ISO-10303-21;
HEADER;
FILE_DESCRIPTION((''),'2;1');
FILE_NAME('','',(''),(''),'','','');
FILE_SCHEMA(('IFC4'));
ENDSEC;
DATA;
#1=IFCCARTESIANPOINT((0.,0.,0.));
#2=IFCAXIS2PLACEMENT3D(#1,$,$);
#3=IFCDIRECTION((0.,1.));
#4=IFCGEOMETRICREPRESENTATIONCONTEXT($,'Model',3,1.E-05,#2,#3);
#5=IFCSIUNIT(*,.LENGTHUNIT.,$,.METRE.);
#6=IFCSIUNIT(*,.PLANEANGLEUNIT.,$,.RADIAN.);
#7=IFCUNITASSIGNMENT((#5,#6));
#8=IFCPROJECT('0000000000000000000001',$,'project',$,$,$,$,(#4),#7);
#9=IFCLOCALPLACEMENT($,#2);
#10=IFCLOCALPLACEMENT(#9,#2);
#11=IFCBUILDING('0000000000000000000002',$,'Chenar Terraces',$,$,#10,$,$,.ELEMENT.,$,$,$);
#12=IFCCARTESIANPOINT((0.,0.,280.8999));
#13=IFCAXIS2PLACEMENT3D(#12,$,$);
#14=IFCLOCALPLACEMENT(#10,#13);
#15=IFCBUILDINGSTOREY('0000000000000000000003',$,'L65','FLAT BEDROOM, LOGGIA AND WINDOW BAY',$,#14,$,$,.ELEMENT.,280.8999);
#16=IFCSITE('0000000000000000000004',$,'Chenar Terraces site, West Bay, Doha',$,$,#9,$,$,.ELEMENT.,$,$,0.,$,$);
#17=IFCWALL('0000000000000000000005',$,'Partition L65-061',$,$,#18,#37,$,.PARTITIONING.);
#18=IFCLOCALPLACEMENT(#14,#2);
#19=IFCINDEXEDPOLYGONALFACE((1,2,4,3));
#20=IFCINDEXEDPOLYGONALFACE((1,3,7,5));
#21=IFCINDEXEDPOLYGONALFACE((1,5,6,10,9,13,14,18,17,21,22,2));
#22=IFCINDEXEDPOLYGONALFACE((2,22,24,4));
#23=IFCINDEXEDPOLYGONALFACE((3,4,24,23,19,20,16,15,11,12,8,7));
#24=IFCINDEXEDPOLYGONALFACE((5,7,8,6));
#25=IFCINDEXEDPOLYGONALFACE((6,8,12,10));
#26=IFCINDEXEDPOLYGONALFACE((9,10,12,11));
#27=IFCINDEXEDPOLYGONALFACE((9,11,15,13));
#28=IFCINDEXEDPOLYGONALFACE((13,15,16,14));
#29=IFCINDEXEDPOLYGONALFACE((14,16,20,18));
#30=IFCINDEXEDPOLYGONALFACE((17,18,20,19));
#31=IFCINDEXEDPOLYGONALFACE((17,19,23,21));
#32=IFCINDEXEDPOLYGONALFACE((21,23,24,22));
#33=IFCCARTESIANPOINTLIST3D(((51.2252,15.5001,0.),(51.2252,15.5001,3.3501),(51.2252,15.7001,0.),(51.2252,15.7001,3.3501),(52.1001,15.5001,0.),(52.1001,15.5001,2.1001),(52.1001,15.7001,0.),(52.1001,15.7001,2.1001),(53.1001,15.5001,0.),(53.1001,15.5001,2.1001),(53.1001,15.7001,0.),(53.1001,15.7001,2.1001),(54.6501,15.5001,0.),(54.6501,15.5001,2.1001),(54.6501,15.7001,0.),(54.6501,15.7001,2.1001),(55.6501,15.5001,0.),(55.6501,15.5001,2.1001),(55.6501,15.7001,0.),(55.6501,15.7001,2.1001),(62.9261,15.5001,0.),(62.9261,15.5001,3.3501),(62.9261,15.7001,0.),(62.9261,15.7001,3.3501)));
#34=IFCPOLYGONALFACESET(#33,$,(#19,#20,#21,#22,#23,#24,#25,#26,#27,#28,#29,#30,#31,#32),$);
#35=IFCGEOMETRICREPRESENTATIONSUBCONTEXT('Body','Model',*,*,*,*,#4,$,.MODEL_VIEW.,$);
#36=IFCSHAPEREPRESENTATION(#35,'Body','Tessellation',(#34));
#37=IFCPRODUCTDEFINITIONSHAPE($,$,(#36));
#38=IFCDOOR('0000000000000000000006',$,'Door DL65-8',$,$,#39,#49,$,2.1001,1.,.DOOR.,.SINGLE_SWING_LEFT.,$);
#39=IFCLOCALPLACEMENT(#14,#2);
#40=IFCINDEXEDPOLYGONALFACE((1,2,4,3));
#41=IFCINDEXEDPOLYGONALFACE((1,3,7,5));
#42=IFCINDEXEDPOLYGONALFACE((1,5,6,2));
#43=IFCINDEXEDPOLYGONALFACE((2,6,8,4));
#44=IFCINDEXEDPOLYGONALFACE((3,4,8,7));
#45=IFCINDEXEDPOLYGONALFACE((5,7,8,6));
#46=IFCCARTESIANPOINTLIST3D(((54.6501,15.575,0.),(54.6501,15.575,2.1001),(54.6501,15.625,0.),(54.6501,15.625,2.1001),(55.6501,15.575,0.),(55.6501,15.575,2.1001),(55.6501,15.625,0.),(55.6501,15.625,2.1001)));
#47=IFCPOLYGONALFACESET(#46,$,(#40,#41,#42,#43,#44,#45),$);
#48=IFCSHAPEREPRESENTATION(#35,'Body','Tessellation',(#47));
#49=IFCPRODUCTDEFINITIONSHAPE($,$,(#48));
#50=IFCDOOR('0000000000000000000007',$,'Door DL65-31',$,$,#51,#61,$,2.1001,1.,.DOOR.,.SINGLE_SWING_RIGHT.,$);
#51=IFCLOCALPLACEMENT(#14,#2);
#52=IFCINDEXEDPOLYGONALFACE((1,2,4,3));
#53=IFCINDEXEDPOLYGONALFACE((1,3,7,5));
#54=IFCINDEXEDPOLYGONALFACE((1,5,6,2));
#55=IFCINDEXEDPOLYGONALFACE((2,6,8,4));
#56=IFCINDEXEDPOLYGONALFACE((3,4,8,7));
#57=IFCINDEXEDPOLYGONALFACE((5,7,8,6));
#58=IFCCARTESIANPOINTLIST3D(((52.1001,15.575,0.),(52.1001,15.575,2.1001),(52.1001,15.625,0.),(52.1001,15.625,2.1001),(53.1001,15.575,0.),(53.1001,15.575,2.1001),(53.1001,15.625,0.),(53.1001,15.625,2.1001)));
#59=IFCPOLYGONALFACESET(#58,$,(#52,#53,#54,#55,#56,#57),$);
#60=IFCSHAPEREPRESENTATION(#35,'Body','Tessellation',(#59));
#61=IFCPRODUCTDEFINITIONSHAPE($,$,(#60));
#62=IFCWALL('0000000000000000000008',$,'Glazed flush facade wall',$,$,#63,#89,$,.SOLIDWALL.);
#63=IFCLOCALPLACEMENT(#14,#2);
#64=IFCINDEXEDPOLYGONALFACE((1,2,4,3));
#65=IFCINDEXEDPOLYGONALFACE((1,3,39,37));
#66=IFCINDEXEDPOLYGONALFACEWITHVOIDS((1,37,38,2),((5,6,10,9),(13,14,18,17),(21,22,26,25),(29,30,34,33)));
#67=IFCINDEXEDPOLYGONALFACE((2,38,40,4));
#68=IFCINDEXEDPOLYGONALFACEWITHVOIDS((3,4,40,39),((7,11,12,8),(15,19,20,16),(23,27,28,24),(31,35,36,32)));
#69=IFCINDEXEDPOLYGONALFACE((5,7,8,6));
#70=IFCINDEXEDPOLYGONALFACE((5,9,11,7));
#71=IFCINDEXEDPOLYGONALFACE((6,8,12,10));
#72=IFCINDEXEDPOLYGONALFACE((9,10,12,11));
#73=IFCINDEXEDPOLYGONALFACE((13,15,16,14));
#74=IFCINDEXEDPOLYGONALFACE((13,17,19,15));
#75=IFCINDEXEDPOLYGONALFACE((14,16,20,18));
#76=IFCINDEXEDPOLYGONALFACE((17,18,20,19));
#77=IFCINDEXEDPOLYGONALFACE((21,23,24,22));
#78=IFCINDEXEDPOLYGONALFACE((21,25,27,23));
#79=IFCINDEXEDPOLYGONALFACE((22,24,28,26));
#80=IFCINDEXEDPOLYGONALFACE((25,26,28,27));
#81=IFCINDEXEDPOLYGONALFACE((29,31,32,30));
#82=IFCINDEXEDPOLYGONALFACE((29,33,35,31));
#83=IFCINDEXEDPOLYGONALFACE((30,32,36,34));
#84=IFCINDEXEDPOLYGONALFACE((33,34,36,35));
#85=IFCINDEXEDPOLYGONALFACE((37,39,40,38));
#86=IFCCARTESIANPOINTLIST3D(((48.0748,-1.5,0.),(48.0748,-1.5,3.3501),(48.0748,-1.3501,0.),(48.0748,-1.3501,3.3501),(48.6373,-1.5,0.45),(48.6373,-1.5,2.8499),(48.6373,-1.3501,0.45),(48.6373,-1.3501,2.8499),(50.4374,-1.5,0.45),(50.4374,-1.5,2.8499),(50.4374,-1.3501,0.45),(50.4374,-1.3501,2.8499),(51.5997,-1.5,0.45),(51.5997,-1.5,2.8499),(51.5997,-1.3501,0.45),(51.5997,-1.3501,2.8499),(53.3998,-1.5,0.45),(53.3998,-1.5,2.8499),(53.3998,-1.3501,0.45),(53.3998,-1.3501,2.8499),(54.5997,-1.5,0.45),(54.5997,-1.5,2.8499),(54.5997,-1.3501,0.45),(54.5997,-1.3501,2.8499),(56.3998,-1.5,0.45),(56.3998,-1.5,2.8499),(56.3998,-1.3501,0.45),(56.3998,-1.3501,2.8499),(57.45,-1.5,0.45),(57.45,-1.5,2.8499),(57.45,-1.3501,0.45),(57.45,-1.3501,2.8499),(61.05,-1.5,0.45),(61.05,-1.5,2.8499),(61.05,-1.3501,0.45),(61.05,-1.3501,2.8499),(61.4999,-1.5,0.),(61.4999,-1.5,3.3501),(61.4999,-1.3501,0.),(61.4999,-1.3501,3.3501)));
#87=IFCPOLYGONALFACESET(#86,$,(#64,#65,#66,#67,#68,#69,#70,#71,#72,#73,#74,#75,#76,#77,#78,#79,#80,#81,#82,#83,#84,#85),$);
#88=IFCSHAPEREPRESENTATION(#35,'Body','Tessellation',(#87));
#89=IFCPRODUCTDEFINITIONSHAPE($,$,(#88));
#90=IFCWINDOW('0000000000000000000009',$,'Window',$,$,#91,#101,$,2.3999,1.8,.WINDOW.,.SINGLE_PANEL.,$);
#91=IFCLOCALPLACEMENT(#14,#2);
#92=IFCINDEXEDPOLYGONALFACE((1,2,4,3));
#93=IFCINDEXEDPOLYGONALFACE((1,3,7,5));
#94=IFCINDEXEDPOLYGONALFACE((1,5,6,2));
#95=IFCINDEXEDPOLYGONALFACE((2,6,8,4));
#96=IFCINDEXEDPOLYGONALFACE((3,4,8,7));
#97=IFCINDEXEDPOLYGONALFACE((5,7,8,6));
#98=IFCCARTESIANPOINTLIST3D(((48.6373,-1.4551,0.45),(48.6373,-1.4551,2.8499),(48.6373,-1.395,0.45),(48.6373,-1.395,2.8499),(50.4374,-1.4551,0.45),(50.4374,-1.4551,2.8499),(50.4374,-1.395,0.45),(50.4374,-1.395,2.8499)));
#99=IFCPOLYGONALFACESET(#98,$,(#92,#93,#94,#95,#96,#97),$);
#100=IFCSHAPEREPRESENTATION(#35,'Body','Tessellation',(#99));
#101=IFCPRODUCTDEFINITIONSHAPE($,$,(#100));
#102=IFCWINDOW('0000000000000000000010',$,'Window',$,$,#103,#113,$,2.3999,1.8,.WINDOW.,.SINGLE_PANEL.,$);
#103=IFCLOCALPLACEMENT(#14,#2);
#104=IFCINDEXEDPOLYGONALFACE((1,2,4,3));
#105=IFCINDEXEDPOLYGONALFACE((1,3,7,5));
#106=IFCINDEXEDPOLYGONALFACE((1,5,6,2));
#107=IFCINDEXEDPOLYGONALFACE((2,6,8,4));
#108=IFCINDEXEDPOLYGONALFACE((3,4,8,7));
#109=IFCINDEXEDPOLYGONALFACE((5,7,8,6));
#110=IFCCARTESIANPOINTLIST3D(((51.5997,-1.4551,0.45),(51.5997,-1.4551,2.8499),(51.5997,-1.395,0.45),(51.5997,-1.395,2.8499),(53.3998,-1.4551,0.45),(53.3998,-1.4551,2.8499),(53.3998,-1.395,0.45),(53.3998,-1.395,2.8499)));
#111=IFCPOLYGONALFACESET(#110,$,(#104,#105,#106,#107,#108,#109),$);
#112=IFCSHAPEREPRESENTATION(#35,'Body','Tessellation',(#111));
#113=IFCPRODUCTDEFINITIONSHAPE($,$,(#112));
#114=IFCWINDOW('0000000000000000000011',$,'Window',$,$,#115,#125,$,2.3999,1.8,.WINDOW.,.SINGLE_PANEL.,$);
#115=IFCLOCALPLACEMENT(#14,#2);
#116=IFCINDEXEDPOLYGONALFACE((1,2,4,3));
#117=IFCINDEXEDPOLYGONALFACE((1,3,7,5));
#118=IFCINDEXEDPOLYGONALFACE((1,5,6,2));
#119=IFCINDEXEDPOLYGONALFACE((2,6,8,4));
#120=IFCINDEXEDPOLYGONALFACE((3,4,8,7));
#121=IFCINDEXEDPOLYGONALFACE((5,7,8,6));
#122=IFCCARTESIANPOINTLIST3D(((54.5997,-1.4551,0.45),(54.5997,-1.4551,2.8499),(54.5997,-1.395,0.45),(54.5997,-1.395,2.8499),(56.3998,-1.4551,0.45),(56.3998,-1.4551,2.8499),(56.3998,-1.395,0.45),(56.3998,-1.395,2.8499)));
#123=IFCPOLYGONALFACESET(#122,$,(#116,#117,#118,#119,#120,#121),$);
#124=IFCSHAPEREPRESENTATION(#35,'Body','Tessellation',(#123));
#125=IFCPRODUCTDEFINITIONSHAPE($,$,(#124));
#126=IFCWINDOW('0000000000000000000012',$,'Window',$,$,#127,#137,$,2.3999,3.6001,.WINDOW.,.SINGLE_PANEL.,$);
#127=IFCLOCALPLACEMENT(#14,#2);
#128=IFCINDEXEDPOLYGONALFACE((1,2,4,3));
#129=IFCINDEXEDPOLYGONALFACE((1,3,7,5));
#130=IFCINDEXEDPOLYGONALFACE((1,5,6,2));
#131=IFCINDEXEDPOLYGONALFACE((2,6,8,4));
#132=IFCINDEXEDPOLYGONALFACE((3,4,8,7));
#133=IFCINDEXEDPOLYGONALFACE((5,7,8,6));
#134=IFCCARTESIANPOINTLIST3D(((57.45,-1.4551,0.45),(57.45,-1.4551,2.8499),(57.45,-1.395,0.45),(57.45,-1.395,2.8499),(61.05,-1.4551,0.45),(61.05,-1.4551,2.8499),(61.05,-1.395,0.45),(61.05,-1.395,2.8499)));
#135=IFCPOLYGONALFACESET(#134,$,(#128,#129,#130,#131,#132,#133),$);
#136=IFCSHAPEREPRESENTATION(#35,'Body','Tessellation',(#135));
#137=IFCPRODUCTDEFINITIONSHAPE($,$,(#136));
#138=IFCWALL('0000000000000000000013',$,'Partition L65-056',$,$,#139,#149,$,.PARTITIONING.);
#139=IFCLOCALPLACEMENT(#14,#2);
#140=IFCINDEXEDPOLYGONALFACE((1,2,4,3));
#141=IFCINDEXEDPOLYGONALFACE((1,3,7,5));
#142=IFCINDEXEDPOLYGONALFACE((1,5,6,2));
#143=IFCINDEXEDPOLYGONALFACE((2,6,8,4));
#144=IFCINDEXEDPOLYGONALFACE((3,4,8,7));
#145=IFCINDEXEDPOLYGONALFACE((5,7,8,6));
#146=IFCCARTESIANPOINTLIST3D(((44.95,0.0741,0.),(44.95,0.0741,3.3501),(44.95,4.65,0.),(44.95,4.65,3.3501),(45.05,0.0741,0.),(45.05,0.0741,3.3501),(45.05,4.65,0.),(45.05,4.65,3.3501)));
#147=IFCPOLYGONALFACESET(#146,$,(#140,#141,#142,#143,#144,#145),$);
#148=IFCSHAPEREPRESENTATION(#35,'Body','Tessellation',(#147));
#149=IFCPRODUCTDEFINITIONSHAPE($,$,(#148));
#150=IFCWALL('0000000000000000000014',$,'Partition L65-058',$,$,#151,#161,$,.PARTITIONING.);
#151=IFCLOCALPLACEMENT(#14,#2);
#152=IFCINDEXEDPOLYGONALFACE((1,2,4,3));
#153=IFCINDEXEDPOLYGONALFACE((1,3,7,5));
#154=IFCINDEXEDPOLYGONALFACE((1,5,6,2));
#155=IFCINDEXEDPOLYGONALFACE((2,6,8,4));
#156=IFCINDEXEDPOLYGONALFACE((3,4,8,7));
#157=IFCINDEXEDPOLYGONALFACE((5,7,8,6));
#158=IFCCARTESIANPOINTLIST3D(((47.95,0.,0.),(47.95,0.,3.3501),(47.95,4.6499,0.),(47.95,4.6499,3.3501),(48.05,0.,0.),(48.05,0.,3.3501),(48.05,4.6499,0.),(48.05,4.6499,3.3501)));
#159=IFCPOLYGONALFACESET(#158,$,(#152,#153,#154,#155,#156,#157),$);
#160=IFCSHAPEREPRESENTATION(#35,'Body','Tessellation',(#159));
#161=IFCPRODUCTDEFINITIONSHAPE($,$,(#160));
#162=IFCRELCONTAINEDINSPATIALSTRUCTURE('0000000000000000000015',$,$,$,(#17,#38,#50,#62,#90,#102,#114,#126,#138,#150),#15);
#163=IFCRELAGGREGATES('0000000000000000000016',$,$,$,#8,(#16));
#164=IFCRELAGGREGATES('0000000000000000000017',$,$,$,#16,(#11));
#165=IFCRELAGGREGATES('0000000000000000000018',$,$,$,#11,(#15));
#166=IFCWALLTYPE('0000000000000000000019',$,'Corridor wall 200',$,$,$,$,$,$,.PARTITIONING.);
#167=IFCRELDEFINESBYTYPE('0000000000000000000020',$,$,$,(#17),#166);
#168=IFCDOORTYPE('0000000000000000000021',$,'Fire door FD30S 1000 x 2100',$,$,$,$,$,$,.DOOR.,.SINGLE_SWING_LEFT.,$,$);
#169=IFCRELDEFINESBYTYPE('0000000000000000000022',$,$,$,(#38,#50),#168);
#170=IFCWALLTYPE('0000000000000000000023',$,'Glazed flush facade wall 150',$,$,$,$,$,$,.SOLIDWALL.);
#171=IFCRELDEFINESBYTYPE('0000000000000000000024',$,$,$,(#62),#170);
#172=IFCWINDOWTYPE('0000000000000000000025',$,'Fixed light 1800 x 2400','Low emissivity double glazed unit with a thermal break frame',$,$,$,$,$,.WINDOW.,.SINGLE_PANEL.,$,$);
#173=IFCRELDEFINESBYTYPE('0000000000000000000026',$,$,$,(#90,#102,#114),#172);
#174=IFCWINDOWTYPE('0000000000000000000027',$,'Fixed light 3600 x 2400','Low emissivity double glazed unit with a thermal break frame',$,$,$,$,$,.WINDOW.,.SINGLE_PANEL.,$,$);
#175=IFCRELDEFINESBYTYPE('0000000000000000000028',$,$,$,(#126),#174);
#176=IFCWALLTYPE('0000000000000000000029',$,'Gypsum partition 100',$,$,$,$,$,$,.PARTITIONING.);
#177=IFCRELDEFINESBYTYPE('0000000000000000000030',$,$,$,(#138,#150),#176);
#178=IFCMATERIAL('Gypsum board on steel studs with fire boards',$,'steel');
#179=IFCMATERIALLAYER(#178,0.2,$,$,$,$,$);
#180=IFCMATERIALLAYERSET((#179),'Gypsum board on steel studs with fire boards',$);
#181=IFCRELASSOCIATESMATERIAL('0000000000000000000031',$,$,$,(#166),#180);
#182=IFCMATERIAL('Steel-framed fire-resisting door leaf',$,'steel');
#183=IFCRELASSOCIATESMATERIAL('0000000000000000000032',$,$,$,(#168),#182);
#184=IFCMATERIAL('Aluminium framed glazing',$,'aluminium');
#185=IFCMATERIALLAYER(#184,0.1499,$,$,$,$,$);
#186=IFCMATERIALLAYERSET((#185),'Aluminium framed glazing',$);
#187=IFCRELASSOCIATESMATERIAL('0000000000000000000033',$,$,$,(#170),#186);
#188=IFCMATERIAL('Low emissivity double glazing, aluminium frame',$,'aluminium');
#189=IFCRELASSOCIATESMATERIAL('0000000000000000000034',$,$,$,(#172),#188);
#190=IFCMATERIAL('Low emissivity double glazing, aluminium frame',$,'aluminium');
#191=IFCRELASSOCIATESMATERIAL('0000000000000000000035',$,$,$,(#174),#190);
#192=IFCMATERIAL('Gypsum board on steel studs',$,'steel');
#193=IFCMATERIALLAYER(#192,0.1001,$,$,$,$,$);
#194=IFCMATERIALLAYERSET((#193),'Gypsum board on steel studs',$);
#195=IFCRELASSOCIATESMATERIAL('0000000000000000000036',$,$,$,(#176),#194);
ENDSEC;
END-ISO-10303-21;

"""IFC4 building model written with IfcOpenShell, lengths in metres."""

from ifc_helpers import new_model, si_unit, direction, frame, frame_2d, origin, place, context, subcontext, project, spatial, rectangle, extrude, material, layer, layer_set, type_object, element, fill, save


model = new_model("IFC4")

# Units and contexts
model_context = context("Model", 3, precision=1e-05, world=origin(), true_north=direction((0.0, 1.0)))
body_context = subcontext(model_context, "Body", "Model", "MODEL_VIEW")
ifc_project = project(units=[si_unit("LENGTHUNIT", "METRE"), si_unit("PLANEANGLEUNIT", "RADIAN")], contexts=[model_context])

# Site, building, storey
site_placement = place(None, origin())
site = spatial("IfcSite", under=ifc_project, at=site_placement, Name="Chenar Terraces site, West Bay, Doha", CompositionType="ELEMENT", RefElevation=0.0)
building_placement = place(site_placement, origin())
building = spatial("IfcBuilding", under=site, at=building_placement, Name="Chenar Terraces", CompositionType="ELEMENT")
storey_placement = place(building_placement, frame((0.0, 0.0, 280.8999)))
storey = spatial("IfcBuildingStorey", under=building, at=storey_placement, Name="L65", Description="FLAT BEDROOM, LOGGIA AND WINDOW BAY", CompositionType="ELEMENT", Elevation=280.8999)

# Wall, openings, doors
ifc_material_1 = material(Name="Gypsum board on steel studs with fire boards", Category="steel")
ifc_layer_1 = layer(ifc_material_1, 0.2)
ifc_layer_set_1 = layer_set([ifc_layer_1], Name="Gypsum board on steel studs with fire boards")
wall_type_1 = type_object("IfcWallType", Name="Corridor wall 200", PredefinedType="PARTITIONING", material=ifc_layer_set_1)
wall_1_placement = place(storey_placement, frame((51.2251, 15.6001, 0.0), z_axis=(0.0, 0.0, 1.0), x_axis=(1.0, 0.0, 0.0)))
wall_1 = element("IfcWall", 1, at=wall_1_placement, inside=storey, type_object=wall_type_1, Name="Partition L65-061", PredefinedType="PARTITIONING", context=body_context, shape_type="SweptSolid", body=[
    extrude(rectangle(XDim=11.7009, YDim=0.2, at=frame_2d((5.8506, 0.0))), origin(), (0.0, 0.0, 1.0), 3.3501),
])
opening_1_placement = place(wall_1_placement, frame((3.425, 0.0, 0.0)))
opening_1 = element("IfcOpeningElement", 2, at=opening_1_placement, cuts=wall_1, PredefinedType="OPENING", context=body_context, shape_type="SweptSolid", body=[
    extrude(rectangle(XDim=1.0, YDim=2.1001, at=frame_2d((0.5, 1.05))), frame((0.0, 0.1099, 0.0), z_axis=(0.0, -1.0, 0.0), x_axis=(1.0, 0.0, 0.0)), (0.0, 0.0, 1.0), 0.22),
])
opening_2_placement = place(wall_1_placement, frame((0.875, 0.0, 0.0)))
opening_2 = element("IfcOpeningElement", 3, at=opening_2_placement, cuts=wall_1, PredefinedType="OPENING", context=body_context, shape_type="SweptSolid", body=[
    extrude(rectangle(XDim=1.0, YDim=2.1001, at=frame_2d((0.5, 1.05))), frame((0.0, 0.1099, 0.0), z_axis=(0.0, -1.0, 0.0), x_axis=(1.0, 0.0, 0.0)), (0.0, 0.0, 1.0), 0.22),
])
ifc_material_2 = material(Name="Steel-framed fire-resisting door leaf", Category="steel")
door_type_1 = type_object("IfcDoorType", Name="Fire door FD30S 1000 x 2100", OperationType="SINGLE_SWING_LEFT", PredefinedType="DOOR", material=ifc_material_2)
door_1_placement = place(opening_1_placement, origin())
door_1 = element("IfcDoor", 4, at=door_1_placement, inside=storey, type_object=door_type_1, Name="Door DL65-8", OperationType="SINGLE_SWING_LEFT", OverallHeight=2.1001, OverallWidth=1.0, PredefinedType="DOOR", context=body_context, shape_type="SweptSolid", body=[
    extrude(rectangle(XDim=1.0, YDim=2.1001, at=frame_2d((0.5, 1.05))), frame((0.0, 0.0249, 0.0), z_axis=(0.0, -1.0, 0.0), x_axis=(1.0, 0.0, 0.0)), (0.0, 0.0, 1.0), 0.05),
])
fill(opening_1, door_1)
door_2_placement = place(opening_2_placement, origin())
door_2 = element("IfcDoor", 5, at=door_2_placement, inside=storey, type_object=door_type_1, Name="Door DL65-31", OperationType="SINGLE_SWING_RIGHT", OverallHeight=2.1001, OverallWidth=1.0, PredefinedType="DOOR", context=body_context, shape_type="SweptSolid", body=[
    extrude(rectangle(XDim=1.0, YDim=2.1001, at=frame_2d((0.5, 1.05))), frame((0.0, 0.0249, 0.0), z_axis=(0.0, -1.0, 0.0), x_axis=(1.0, 0.0, 0.0)), (0.0, 0.0, 1.0), 0.05),
])
fill(opening_2, door_2)

# Wall, openings, windows
ifc_material_3 = material(Name="Aluminium framed glazing", Category="aluminium")
ifc_layer_2 = layer(ifc_material_3, 0.1499)
ifc_layer_set_2 = layer_set([ifc_layer_2], Name="Aluminium framed glazing")
wall_type_2 = type_object("IfcWallType", Name="Glazed flush facade wall 150", PredefinedType="SOLIDWALL", material=ifc_layer_set_2)
wall_2_placement = place(storey_placement, frame((48.075, -1.425, 0.0), z_axis=(0.0, 0.0, 1.0), x_axis=(1.0, 0.0, 0.0)))
wall_2 = element("IfcWall", 6, at=wall_2_placement, inside=storey, type_object=wall_type_2, Name="Glazed flush facade wall", PredefinedType="SOLIDWALL", context=body_context, shape_type="SweptSolid", body=[
    extrude(rectangle(XDim=13.425, YDim=0.1499, at=frame_2d((6.7124, 0.0))), origin(), (0.0, 0.0, 1.0), 3.3501),
])
opening_3_placement = place(wall_2_placement, frame((0.5625, 0.0, 0.45)))
opening_3 = element("IfcOpeningElement", 7, at=opening_3_placement, cuts=wall_2, PredefinedType="OPENING", context=body_context, shape_type="SweptSolid", body=[
    extrude(rectangle(XDim=1.8, YDim=2.3999, at=frame_2d((0.8999, 1.2))), frame((0.0, 0.085, 0.0), z_axis=(0.0, -1.0, 0.0), x_axis=(1.0, 0.0, 0.0)), (0.0, 0.0, 1.0), 0.1699),
])
opening_4_placement = place(wall_2_placement, frame((3.5249, 0.0, 0.45)))
opening_4 = element("IfcOpeningElement", 8, at=opening_4_placement, cuts=wall_2, PredefinedType="OPENING", context=body_context, shape_type="SweptSolid", body=[
    extrude(rectangle(XDim=1.8, YDim=2.3999, at=frame_2d((0.8999, 1.2))), frame((0.0, 0.085, 0.0), z_axis=(0.0, -1.0, 0.0), x_axis=(1.0, 0.0, 0.0)), (0.0, 0.0, 1.0), 0.1699),
])
opening_5_placement = place(wall_2_placement, frame((6.5249, 0.0, 0.45)))
opening_5 = element("IfcOpeningElement", 9, at=opening_5_placement, cuts=wall_2, PredefinedType="OPENING", context=body_context, shape_type="SweptSolid", body=[
    extrude(rectangle(XDim=1.8, YDim=2.3999, at=frame_2d((0.8999, 1.2))), frame((0.0, 0.085, 0.0), z_axis=(0.0, -1.0, 0.0), x_axis=(1.0, 0.0, 0.0)), (0.0, 0.0, 1.0), 0.1699),
])
opening_6_placement = place(wall_2_placement, frame((9.375, 0.0, 0.45)))
opening_6 = element("IfcOpeningElement", 10, at=opening_6_placement, cuts=wall_2, PredefinedType="OPENING", context=body_context, shape_type="SweptSolid", body=[
    extrude(rectangle(XDim=3.6001, YDim=2.3999, at=frame_2d((1.8, 1.2))), frame((0.0, 0.085, 0.0), z_axis=(0.0, -1.0, 0.0), x_axis=(1.0, 0.0, 0.0)), (0.0, 0.0, 1.0), 0.1699),
])
ifc_material_4 = material(Name="Low emissivity double glazing, aluminium frame", Category="aluminium")
window_type_1 = type_object("IfcWindowType", Name="Fixed light 1800 x 2400", Description="Low emissivity double glazed unit with a thermal break frame", PartitioningType="SINGLE_PANEL", PredefinedType="WINDOW", material=ifc_material_4)
window_1_placement = place(opening_3_placement, origin())
window_1 = element("IfcWindow", 11, at=window_1_placement, inside=storey, type_object=window_type_1, Name="Window", OverallHeight=2.3999, OverallWidth=1.8, PartitioningType="SINGLE_PANEL", PredefinedType="WINDOW", context=body_context, shape_type="SweptSolid", body=[
    extrude(rectangle(XDim=1.8, YDim=2.3999, at=frame_2d((0.8999, 1.2))), frame((0.0, 0.03, 0.0), z_axis=(0.0, -1.0, 0.0), x_axis=(1.0, 0.0, 0.0)), (0.0, 0.0, 1.0), 0.0601),
])
fill(opening_3, window_1)
window_2_placement = place(opening_4_placement, origin())
window_2 = element("IfcWindow", 12, at=window_2_placement, inside=storey, type_object=window_type_1, Name="Window", OverallHeight=2.3999, OverallWidth=1.8, PartitioningType="SINGLE_PANEL", PredefinedType="WINDOW", context=body_context, shape_type="SweptSolid", body=[
    extrude(rectangle(XDim=1.8, YDim=2.3999, at=frame_2d((0.8999, 1.2))), frame((0.0, 0.03, 0.0), z_axis=(0.0, -1.0, 0.0), x_axis=(1.0, 0.0, 0.0)), (0.0, 0.0, 1.0), 0.0601),
])
fill(opening_4, window_2)
window_3_placement = place(opening_5_placement, origin())
window_3 = element("IfcWindow", 13, at=window_3_placement, inside=storey, type_object=window_type_1, Name="Window", OverallHeight=2.3999, OverallWidth=1.8, PartitioningType="SINGLE_PANEL", PredefinedType="WINDOW", context=body_context, shape_type="SweptSolid", body=[
    extrude(rectangle(XDim=1.8, YDim=2.3999, at=frame_2d((0.8999, 1.2))), frame((0.0, 0.03, 0.0), z_axis=(0.0, -1.0, 0.0), x_axis=(1.0, 0.0, 0.0)), (0.0, 0.0, 1.0), 0.0601),
])
fill(opening_5, window_3)
ifc_material_5 = material(Name="Low emissivity double glazing, aluminium frame", Category="aluminium")
window_type_2 = type_object("IfcWindowType", Name="Fixed light 3600 x 2400", Description="Low emissivity double glazed unit with a thermal break frame", PartitioningType="SINGLE_PANEL", PredefinedType="WINDOW", material=ifc_material_5)
window_4_placement = place(opening_6_placement, origin())
window_4 = element("IfcWindow", 14, at=window_4_placement, inside=storey, type_object=window_type_2, Name="Window", OverallHeight=2.3999, OverallWidth=3.6001, PartitioningType="SINGLE_PANEL", PredefinedType="WINDOW", context=body_context, shape_type="SweptSolid", body=[
    extrude(rectangle(XDim=3.6001, YDim=2.3999, at=frame_2d((1.8, 1.2))), frame((0.0, 0.03, 0.0), z_axis=(0.0, -1.0, 0.0), x_axis=(1.0, 0.0, 0.0)), (0.0, 0.0, 1.0), 0.0601),
])
fill(opening_6, window_4)

# Walls
ifc_material_6 = material(Name="Gypsum board on steel studs", Category="steel")
ifc_layer_3 = layer(ifc_material_6, 0.1001)
ifc_layer_set_3 = layer_set([ifc_layer_3], Name="Gypsum board on steel studs")
wall_type_3 = type_object("IfcWallType", Name="Gypsum partition 100", PredefinedType="PARTITIONING", material=ifc_layer_set_3)
wall_3_placement = place(storey_placement, frame((45.0, 0.074, 0.0), z_axis=(0.0, 0.0, 1.0), x_axis=(0.0, 1.0, 0.0)))
element("IfcWall", 15, at=wall_3_placement, inside=storey, type_object=wall_type_3, Name="Partition L65-056", PredefinedType="PARTITIONING", context=body_context, shape_type="SweptSolid", body=[
    extrude(rectangle(XDim=4.5759, YDim=0.1001, at=frame_2d((2.2881, 0.0))), origin(), (0.0, 0.0, 1.0), 3.3501),
])
wall_4_placement = place(storey_placement, frame((48.0, 0.0, 0.0), z_axis=(0.0, 0.0, 1.0), x_axis=(0.0, 1.0, 0.0)))
element("IfcWall", 16, at=wall_4_placement, inside=storey, type_object=wall_type_3, Name="Partition L65-058", PredefinedType="PARTITIONING", context=body_context, shape_type="SweptSolid", body=[
    extrude(rectangle(XDim=4.6499, YDim=0.1001, at=frame_2d((2.325, 0.0))), origin(), (0.0, 0.0, 1.0), 3.3501),
])

save(model, "model.ifc")
